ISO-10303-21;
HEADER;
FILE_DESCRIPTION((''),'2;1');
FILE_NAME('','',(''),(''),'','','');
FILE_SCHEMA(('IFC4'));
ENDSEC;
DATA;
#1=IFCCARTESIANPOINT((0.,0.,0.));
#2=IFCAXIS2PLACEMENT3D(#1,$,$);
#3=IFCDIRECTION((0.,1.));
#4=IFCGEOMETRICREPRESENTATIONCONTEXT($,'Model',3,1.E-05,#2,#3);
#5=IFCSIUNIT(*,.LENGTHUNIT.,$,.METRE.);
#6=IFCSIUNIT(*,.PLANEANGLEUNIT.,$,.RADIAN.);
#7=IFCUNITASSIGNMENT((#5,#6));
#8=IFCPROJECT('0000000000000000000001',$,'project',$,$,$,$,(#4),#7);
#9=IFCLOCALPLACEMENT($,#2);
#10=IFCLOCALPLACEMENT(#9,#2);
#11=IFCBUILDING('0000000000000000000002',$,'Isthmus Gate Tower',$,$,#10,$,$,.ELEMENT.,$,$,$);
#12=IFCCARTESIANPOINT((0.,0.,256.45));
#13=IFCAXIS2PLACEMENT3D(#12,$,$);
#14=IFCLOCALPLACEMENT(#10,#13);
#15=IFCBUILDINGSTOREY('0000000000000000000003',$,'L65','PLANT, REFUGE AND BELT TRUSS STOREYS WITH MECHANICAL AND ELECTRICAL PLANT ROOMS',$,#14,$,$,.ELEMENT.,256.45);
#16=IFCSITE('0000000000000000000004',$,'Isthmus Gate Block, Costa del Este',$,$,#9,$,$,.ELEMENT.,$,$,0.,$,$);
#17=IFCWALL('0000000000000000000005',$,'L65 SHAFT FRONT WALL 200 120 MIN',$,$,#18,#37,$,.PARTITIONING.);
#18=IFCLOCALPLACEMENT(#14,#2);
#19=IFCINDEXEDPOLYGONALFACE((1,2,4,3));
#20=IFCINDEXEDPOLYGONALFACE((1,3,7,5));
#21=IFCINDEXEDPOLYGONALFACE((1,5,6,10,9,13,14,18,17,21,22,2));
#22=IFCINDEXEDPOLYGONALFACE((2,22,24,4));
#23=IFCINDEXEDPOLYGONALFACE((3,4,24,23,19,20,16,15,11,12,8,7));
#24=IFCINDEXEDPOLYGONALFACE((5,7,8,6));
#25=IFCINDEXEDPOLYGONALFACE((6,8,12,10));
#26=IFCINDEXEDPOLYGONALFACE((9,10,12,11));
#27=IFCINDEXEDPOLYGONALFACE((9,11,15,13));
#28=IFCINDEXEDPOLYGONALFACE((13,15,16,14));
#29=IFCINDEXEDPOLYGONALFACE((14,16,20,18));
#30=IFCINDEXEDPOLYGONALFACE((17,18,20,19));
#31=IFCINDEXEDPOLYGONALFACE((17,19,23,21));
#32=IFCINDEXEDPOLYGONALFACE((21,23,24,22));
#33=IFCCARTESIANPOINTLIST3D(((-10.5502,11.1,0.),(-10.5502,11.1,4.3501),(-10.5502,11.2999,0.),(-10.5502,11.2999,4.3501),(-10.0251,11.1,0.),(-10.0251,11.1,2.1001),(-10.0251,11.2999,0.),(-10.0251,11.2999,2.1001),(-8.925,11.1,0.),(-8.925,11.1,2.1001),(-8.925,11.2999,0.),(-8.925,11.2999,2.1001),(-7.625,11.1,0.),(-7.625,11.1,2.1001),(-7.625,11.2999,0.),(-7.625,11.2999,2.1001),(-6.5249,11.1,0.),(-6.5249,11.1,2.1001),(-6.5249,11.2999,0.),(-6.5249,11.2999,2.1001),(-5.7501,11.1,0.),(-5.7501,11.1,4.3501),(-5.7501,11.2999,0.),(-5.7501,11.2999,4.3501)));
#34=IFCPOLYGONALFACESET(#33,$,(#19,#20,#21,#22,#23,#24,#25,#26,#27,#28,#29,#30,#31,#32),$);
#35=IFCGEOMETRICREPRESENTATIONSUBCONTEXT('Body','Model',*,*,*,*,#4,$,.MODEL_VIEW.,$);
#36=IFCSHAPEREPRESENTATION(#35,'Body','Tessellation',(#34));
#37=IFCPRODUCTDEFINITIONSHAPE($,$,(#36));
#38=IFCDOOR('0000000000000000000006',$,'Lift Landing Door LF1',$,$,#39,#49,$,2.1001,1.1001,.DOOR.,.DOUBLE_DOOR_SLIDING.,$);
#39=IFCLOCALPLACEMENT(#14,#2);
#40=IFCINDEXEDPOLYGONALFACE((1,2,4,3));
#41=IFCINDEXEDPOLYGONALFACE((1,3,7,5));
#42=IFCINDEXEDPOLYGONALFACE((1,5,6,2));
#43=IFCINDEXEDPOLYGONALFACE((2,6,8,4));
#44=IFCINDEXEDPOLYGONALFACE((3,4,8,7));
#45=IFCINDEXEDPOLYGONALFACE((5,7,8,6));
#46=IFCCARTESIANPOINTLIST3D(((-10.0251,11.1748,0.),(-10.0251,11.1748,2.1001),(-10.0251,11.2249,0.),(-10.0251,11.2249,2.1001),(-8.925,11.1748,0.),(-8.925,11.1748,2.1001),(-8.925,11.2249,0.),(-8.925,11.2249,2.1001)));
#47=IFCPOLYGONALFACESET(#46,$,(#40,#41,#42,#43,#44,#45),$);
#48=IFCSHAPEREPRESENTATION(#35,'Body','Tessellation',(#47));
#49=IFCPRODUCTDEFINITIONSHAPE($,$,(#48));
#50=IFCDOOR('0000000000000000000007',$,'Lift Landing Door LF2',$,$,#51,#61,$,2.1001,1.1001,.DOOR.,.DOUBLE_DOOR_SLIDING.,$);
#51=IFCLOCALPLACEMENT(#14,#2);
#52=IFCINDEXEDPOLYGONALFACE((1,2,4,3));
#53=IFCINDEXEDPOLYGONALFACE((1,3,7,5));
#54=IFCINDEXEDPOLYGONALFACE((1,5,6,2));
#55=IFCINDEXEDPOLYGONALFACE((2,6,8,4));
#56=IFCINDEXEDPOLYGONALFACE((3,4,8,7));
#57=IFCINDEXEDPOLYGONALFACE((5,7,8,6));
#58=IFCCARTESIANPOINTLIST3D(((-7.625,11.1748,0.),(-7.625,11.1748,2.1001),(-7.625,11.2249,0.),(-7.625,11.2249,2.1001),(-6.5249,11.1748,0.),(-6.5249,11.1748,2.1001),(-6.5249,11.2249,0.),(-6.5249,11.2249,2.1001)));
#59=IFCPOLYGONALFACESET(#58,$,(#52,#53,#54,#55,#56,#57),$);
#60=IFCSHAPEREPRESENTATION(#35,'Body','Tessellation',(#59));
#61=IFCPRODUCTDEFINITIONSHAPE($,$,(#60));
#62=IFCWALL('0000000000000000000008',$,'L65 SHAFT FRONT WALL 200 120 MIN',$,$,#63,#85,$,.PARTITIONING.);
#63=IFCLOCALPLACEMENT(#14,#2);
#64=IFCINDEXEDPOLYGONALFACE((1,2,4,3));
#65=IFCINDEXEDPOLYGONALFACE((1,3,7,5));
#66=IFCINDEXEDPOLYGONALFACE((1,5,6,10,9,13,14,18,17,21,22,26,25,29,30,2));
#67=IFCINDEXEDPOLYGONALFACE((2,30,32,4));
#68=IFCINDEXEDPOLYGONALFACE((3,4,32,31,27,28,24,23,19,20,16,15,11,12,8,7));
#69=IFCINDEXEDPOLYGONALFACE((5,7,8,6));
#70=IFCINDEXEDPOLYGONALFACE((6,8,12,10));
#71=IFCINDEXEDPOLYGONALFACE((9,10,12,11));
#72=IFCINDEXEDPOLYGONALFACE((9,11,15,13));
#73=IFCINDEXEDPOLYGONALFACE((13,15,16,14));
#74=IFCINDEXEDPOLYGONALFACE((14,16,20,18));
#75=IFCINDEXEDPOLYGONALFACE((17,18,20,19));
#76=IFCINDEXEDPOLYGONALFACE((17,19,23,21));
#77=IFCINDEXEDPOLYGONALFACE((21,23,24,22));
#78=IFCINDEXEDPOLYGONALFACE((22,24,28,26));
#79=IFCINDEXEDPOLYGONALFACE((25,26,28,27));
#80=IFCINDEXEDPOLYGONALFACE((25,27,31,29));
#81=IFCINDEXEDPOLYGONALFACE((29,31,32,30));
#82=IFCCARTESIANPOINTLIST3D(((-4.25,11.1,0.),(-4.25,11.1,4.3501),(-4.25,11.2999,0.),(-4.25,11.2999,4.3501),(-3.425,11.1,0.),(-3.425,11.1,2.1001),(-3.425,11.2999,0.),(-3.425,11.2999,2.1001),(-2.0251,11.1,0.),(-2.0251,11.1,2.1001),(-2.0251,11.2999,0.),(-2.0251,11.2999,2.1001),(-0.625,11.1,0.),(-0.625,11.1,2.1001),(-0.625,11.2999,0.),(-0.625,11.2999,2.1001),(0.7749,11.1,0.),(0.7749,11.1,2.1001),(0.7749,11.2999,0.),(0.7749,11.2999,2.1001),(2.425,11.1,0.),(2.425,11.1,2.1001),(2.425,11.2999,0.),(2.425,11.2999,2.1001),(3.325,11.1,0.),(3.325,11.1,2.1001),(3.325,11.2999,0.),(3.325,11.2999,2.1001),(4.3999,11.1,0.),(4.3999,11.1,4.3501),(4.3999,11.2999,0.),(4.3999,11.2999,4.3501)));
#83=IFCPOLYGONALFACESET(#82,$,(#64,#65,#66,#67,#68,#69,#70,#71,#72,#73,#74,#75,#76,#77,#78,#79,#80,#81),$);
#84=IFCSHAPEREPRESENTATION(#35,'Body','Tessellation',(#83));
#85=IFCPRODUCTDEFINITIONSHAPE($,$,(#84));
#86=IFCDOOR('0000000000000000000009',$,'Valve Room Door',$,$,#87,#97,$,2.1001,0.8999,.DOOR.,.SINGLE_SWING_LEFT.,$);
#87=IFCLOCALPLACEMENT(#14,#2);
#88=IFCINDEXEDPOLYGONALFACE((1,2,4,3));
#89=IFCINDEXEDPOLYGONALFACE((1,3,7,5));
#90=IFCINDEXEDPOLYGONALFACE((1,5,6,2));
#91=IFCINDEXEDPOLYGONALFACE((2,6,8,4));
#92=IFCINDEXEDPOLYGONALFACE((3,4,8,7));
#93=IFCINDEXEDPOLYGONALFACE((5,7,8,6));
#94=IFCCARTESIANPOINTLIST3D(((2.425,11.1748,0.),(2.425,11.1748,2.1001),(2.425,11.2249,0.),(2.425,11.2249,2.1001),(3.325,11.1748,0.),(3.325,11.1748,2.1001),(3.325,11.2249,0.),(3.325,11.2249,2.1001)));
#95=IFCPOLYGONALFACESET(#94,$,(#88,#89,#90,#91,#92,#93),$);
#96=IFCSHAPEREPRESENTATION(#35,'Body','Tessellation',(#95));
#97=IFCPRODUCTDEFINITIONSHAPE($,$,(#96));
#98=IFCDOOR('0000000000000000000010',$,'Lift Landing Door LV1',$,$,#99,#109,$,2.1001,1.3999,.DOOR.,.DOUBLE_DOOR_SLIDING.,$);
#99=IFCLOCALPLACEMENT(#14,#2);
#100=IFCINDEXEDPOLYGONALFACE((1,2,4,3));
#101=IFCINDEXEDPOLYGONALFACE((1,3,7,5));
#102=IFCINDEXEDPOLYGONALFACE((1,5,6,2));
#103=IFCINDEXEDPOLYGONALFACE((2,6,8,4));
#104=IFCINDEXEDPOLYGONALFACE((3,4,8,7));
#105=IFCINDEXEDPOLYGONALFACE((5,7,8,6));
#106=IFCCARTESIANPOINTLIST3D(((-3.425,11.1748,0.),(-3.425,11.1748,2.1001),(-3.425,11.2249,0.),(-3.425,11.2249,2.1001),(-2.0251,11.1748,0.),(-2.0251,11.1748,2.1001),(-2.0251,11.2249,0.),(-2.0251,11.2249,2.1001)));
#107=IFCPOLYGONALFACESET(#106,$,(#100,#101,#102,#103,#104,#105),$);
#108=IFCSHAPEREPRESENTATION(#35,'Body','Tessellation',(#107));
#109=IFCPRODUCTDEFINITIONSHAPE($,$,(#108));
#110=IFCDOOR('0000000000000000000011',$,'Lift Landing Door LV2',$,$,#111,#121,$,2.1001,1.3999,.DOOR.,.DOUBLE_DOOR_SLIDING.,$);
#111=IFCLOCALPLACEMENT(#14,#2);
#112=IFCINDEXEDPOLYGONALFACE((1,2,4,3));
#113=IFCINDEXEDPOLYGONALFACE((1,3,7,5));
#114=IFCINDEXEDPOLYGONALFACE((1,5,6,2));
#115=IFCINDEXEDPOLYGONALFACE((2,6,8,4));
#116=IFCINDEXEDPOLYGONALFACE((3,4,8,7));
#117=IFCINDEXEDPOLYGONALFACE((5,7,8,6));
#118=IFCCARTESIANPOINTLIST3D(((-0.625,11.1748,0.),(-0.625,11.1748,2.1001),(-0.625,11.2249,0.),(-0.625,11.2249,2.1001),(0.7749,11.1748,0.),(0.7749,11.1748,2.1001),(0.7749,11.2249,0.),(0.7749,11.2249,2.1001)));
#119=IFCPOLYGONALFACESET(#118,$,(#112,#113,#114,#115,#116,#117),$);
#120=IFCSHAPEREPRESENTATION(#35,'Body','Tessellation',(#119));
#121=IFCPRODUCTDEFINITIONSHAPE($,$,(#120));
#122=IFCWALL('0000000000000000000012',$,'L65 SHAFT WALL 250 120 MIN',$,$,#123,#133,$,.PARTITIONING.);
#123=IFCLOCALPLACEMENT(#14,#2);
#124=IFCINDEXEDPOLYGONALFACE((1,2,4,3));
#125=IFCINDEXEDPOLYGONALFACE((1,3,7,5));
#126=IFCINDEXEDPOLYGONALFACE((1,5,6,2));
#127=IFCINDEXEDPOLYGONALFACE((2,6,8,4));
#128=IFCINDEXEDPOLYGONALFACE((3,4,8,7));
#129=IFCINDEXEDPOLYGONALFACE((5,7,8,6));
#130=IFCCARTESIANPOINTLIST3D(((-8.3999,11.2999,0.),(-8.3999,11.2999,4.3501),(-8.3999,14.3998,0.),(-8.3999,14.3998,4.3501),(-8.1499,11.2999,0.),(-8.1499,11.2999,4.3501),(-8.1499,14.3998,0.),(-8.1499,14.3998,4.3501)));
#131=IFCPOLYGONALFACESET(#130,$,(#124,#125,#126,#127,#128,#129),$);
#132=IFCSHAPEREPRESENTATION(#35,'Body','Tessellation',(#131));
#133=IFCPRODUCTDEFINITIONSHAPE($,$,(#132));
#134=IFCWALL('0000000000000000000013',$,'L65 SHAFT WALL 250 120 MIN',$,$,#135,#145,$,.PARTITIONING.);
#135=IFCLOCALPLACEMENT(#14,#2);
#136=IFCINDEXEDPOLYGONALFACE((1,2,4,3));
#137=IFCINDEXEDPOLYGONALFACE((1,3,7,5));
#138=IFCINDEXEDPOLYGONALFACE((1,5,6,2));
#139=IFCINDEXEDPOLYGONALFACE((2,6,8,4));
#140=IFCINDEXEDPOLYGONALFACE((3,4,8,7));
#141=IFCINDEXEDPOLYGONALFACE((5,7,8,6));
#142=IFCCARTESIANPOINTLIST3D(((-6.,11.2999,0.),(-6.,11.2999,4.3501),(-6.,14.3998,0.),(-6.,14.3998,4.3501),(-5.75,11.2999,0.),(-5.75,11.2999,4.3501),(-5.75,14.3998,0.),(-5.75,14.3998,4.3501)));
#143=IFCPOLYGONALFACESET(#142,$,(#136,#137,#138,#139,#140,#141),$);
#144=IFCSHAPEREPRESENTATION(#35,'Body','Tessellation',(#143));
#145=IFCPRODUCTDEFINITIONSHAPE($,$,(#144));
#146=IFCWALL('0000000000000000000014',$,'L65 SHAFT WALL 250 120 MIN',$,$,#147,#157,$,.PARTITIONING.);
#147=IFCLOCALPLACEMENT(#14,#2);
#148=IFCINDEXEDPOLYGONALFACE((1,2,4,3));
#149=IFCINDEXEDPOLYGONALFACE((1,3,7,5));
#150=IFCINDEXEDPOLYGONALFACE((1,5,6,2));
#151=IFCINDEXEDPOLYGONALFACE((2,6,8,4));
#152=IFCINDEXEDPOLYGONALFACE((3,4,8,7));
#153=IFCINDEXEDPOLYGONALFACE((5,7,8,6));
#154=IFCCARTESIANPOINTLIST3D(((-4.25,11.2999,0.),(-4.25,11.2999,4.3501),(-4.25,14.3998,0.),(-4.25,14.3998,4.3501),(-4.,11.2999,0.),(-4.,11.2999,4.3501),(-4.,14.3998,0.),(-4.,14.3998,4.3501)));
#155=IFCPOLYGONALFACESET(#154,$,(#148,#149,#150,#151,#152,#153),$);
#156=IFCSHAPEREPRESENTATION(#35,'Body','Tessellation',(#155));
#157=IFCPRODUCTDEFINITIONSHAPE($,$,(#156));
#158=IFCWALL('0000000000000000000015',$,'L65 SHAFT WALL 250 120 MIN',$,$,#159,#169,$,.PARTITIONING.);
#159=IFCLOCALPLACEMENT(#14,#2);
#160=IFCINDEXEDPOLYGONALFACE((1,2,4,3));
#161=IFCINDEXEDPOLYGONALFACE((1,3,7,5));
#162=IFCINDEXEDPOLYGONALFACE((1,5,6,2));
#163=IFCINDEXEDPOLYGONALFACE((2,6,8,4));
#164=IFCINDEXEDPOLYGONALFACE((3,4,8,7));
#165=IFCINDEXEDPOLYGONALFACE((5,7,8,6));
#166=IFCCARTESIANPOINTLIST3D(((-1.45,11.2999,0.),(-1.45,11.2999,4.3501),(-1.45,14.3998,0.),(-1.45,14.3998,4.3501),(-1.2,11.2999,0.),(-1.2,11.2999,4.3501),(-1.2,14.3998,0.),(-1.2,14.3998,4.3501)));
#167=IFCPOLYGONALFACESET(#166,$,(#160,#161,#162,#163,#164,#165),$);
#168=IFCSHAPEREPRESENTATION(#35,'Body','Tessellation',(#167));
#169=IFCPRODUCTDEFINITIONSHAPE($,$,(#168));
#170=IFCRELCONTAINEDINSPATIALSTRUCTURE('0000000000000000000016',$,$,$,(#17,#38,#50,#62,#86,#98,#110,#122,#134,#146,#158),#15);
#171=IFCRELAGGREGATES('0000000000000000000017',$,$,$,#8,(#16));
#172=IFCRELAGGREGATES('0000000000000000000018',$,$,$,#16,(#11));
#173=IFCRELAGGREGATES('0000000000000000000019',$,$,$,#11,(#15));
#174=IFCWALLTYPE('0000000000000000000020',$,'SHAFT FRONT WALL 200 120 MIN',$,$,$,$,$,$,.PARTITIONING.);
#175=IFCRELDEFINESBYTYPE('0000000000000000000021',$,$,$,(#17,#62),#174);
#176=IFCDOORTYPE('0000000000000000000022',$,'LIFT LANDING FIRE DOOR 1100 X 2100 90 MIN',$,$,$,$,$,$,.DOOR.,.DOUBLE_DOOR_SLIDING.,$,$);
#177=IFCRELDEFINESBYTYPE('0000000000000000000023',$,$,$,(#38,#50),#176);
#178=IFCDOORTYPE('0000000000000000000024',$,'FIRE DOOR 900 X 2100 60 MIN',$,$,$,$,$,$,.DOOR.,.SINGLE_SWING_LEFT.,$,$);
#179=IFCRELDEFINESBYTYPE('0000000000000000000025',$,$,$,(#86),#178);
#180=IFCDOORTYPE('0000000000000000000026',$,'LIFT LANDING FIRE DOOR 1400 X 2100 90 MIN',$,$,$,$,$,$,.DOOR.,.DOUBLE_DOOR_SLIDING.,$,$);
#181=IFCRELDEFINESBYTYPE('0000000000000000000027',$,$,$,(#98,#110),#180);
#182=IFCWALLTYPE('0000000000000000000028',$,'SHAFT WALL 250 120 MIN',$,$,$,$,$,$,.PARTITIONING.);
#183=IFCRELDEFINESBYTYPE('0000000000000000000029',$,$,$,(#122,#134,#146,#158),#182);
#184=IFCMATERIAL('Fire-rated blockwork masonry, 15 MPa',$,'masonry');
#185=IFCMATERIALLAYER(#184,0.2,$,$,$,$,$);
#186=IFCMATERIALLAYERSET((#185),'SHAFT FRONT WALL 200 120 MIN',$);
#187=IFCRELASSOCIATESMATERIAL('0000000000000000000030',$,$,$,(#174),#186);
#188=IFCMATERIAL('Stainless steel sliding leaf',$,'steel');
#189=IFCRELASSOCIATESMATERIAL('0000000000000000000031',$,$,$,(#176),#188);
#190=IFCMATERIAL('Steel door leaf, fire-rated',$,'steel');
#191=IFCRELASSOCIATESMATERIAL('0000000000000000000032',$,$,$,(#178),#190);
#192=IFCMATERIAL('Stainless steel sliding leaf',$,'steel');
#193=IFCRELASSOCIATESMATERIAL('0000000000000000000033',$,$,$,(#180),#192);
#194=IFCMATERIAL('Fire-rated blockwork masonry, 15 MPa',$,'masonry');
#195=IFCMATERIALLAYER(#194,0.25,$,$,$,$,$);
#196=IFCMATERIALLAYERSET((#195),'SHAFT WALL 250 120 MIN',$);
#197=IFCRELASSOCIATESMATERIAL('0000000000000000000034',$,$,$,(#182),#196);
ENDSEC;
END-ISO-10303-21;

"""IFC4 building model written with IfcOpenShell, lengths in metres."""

from ifc_helpers import new_model, si_unit, direction, frame, frame_2d, origin, place, context, subcontext, project, spatial, rectangle, extrude, material, layer, layer_set, type_object, element, fill, save


model = new_model("IFC4")

# Units and contexts
model_context = context("Model", 3, precision=1e-05, world=origin(), true_north=direction((0.0, 1.0)))
body_context = subcontext(model_context, "Body", "Model", "MODEL_VIEW")
ifc_project = project(units=[si_unit("LENGTHUNIT", "METRE"), si_unit("PLANEANGLEUNIT", "RADIAN")], contexts=[model_context])

# Site, building, storey
site_placement = place(None, origin())
site = spatial("IfcSite", under=ifc_project, at=site_placement, Name="Isthmus Gate Block, Costa del Este", CompositionType="ELEMENT", RefElevation=0.0)
building_placement = place(site_placement, origin())
building = spatial("IfcBuilding", under=site, at=building_placement, Name="Isthmus Gate Tower", CompositionType="ELEMENT")
storey_placement = place(building_placement, frame((0.0, 0.0, 256.45)))
storey = spatial("IfcBuildingStorey", under=building, at=storey_placement, Name="L65", Description="PLANT, REFUGE AND BELT TRUSS STOREYS WITH MECHANICAL AND ELECTRICAL PLANT ROOMS", CompositionType="ELEMENT", Elevation=256.45)

# Walls, openings, doors
ifc_material_1 = material(Name="Fire-rated blockwork masonry, 15 MPa", Category="masonry")
ifc_layer_1 = layer(ifc_material_1, 0.2)
ifc_layer_set_1 = layer_set([ifc_layer_1], Name="SHAFT FRONT WALL 200 120 MIN")
wall_type_1 = type_object("IfcWallType", Name="SHAFT FRONT WALL 200 120 MIN", PredefinedType="PARTITIONING", material=ifc_layer_set_1)
wall_1_placement = place(storey_placement, frame((-10.55, 11.2, 0.0), z_axis=(0.0, 0.0, 1.0), x_axis=(1.0, 0.0, 0.0)))
wall_1 = element("IfcWall", 1, at=wall_1_placement, inside=storey, type_object=wall_type_1, Name="L65 SHAFT FRONT WALL 200 120 MIN", PredefinedType="PARTITIONING", context=body_context, shape_type="SweptSolid", body=[
    extrude(rectangle(XDim=4.8, YDim=0.2, at=frame_2d((2.3999, 0.0))), origin(), (0.0, 0.0, 1.0), 4.3501),
])
opening_1_placement = place(wall_1_placement, frame((0.5249, 0.0, 0.0)))
opening_1 = element("IfcOpeningElement", 2, at=opening_1_placement, cuts=wall_1, PredefinedType="OPENING", context=body_context, shape_type="SweptSolid", body=[
    extrude(rectangle(XDim=1.1001, YDim=2.1001, at=frame_2d((0.55, 1.05))), frame((0.0, 0.1099, 0.0), z_axis=(0.0, -1.0, 0.0), x_axis=(1.0, 0.0, 0.0)), (0.0, 0.0, 1.0), 0.22),
])
opening_2_placement = place(wall_1_placement, frame((2.925, 0.0, 0.0)))
opening_2 = element("IfcOpeningElement", 3, at=opening_2_placement, cuts=wall_1, PredefinedType="OPENING", context=body_context, shape_type="SweptSolid", body=[
    extrude(rectangle(XDim=1.1001, YDim=2.1001, at=frame_2d((0.55, 1.05))), frame((0.0, 0.1099, 0.0), z_axis=(0.0, -1.0, 0.0), x_axis=(1.0, 0.0, 0.0)), (0.0, 0.0, 1.0), 0.22),
])
ifc_material_2 = material(Name="Stainless steel sliding leaf", Category="steel")
door_type_1 = type_object("IfcDoorType", Name="LIFT LANDING FIRE DOOR 1100 X 2100 90 MIN", OperationType="DOUBLE_DOOR_SLIDING", PredefinedType="DOOR", material=ifc_material_2)
door_1_placement = place(opening_1_placement, origin())
door_1 = element("IfcDoor", 4, at=door_1_placement, inside=storey, type_object=door_type_1, Name="Lift Landing Door LF1", OperationType="DOUBLE_DOOR_SLIDING", OverallHeight=2.1001, OverallWidth=1.1001, PredefinedType="DOOR", context=body_context, shape_type="SweptSolid", body=[
    extrude(rectangle(XDim=1.1001, YDim=2.1001, at=frame_2d((0.55, 1.05))), frame((0.0, 0.0249, 0.0), z_axis=(0.0, -1.0, 0.0), x_axis=(1.0, 0.0, 0.0)), (0.0, 0.0, 1.0), 0.05),
])
fill(opening_1, door_1)
door_2_placement = place(opening_2_placement, origin())
door_2 = element("IfcDoor", 5, at=door_2_placement, inside=storey, type_object=door_type_1, Name="Lift Landing Door LF2", OperationType="DOUBLE_DOOR_SLIDING", OverallHeight=2.1001, OverallWidth=1.1001, PredefinedType="DOOR", context=body_context, shape_type="SweptSolid", body=[
    extrude(rectangle(XDim=1.1001, YDim=2.1001, at=frame_2d((0.55, 1.05))), frame((0.0, 0.0249, 0.0), z_axis=(0.0, -1.0, 0.0), x_axis=(1.0, 0.0, 0.0)), (0.0, 0.0, 1.0), 0.05),
])
fill(opening_2, door_2)
wall_2_placement = place(storey_placement, frame((-4.25, 11.2, 0.0), z_axis=(0.0, 0.0, 1.0), x_axis=(1.0, 0.0, 0.0)))
wall_2 = element("IfcWall", 6, at=wall_2_placement, inside=storey, type_object=wall_type_1, Name="L65 SHAFT FRONT WALL 200 120 MIN", PredefinedType="PARTITIONING", context=body_context, shape_type="SweptSolid", body=[
    extrude(rectangle(XDim=8.6499, YDim=0.2, at=frame_2d((4.325, 0.0))), origin(), (0.0, 0.0, 1.0), 4.3501),
])
opening_3_placement = place(wall_2_placement, frame((0.825, 0.0, 0.0)))
opening_3 = element("IfcOpeningElement", 7, at=opening_3_placement, cuts=wall_2, PredefinedType="OPENING", context=body_context, shape_type="SweptSolid", body=[
    extrude(rectangle(XDim=1.3999, YDim=2.1001, at=frame_2d((0.7, 1.05))), frame((0.0, 0.1099, 0.0), z_axis=(0.0, -1.0, 0.0), x_axis=(1.0, 0.0, 0.0)), (0.0, 0.0, 1.0), 0.22),
])
opening_4_placement = place(wall_2_placement, frame((3.625, 0.0, 0.0)))
opening_4 = element("IfcOpeningElement", 8, at=opening_4_placement, cuts=wall_2, PredefinedType="OPENING", context=body_context, shape_type="SweptSolid", body=[
    extrude(rectangle(XDim=1.3999, YDim=2.1001, at=frame_2d((0.7, 1.05))), frame((0.0, 0.1099, 0.0), z_axis=(0.0, -1.0, 0.0), x_axis=(1.0, 0.0, 0.0)), (0.0, 0.0, 1.0), 0.22),
])
opening_5_placement = place(wall_2_placement, frame((6.675, 0.0, 0.0)))
opening_5 = element("IfcOpeningElement", 9, at=opening_5_placement, cuts=wall_2, PredefinedType="OPENING", context=body_context, shape_type="SweptSolid", body=[
    extrude(rectangle(XDim=0.8999, YDim=2.1001, at=frame_2d((0.45, 1.05))), frame((0.0, 0.1099, 0.0), z_axis=(0.0, -1.0, 0.0), x_axis=(1.0, 0.0, 0.0)), (0.0, 0.0, 1.0), 0.22),
])
ifc_material_3 = material(Name="Steel door leaf, fire-rated", Category="steel")
door_type_2 = type_object("IfcDoorType", Name="FIRE DOOR 900 X 2100 60 MIN", OperationType="SINGLE_SWING_LEFT", PredefinedType="DOOR", material=ifc_material_3)
door_3_placement = place(opening_5_placement, origin())
door_3 = element("IfcDoor", 10, at=door_3_placement, inside=storey, type_object=door_type_2, Name="Valve Room Door", OperationType="SINGLE_SWING_LEFT", OverallHeight=2.1001, OverallWidth=0.8999, PredefinedType="DOOR", context=body_context, shape_type="SweptSolid", body=[
    extrude(rectangle(XDim=0.8999, YDim=2.1001, at=frame_2d((0.45, 1.05))), frame((0.0, 0.0249, 0.0), z_axis=(0.0, -1.0, 0.0), x_axis=(1.0, 0.0, 0.0)), (0.0, 0.0, 1.0), 0.05),
])
fill(opening_5, door_3)
ifc_material_4 = material(Name="Stainless steel sliding leaf", Category="steel")
door_type_3 = type_object("IfcDoorType", Name="LIFT LANDING FIRE DOOR 1400 X 2100 90 MIN", OperationType="DOUBLE_DOOR_SLIDING", PredefinedType="DOOR", material=ifc_material_4)
door_4_placement = place(opening_3_placement, origin())
door_4 = element("IfcDoor", 11, at=door_4_placement, inside=storey, type_object=door_type_3, Name="Lift Landing Door LV1", OperationType="DOUBLE_DOOR_SLIDING", OverallHeight=2.1001, OverallWidth=1.3999, PredefinedType="DOOR", context=body_context, shape_type="SweptSolid", body=[
    extrude(rectangle(XDim=1.3999, YDim=2.1001, at=frame_2d((0.7, 1.05))), frame((0.0, 0.0249, 0.0), z_axis=(0.0, -1.0, 0.0), x_axis=(1.0, 0.0, 0.0)), (0.0, 0.0, 1.0), 0.05),
])
fill(opening_3, door_4)
door_5_placement = place(opening_4_placement, origin())
door_5 = element("IfcDoor", 12, at=door_5_placement, inside=storey, type_object=door_type_3, Name="Lift Landing Door LV2", OperationType="DOUBLE_DOOR_SLIDING", OverallHeight=2.1001, OverallWidth=1.3999, PredefinedType="DOOR", context=body_context, shape_type="SweptSolid", body=[
    extrude(rectangle(XDim=1.3999, YDim=2.1001, at=frame_2d((0.7, 1.05))), frame((0.0, 0.0249, 0.0), z_axis=(0.0, -1.0, 0.0), x_axis=(1.0, 0.0, 0.0)), (0.0, 0.0, 1.0), 0.05),
])
fill(opening_4, door_5)

# Walls
ifc_material_5 = material(Name="Fire-rated blockwork masonry, 15 MPa", Category="masonry")
ifc_layer_2 = layer(ifc_material_5, 0.25)
ifc_layer_set_2 = layer_set([ifc_layer_2], Name="SHAFT WALL 250 120 MIN")
wall_type_2 = type_object("IfcWallType", Name="SHAFT WALL 250 120 MIN", PredefinedType="PARTITIONING", material=ifc_layer_set_2)
for number, where, z_axis, x_axis, name in (
    (13, (-8.2749, 11.3, 0.0), (0.0, 0.0, 1.0), (0.0, 1.0, 0.0), "L65 SHAFT WALL 250 120 MIN"),
    (14, (-5.875, 11.3, 0.0), (0.0, 0.0, 1.0), (0.0, 1.0, 0.0), "L65 SHAFT WALL 250 120 MIN"),
    (15, (-4.125, 11.3, 0.0), (0.0, 0.0, 1.0), (0.0, 1.0, 0.0), "L65 SHAFT WALL 250 120 MIN"),
    (16, (-1.325, 11.3, 0.0), (0.0, 0.0, 1.0), (0.0, 1.0, 0.0), "L65 SHAFT WALL 250 120 MIN"),
):
    element("IfcWall", number, at=place(storey_placement, frame(where, z_axis=z_axis, x_axis=x_axis)), inside=storey, type_object=wall_type_2, Name=name, PredefinedType="PARTITIONING", context=body_context, shape_type="SweptSolid", body=[
        extrude(rectangle(XDim=3.0999, YDim=0.25, at=frame_2d((1.5498, 0.0))), origin(), (0.0, 0.0, 1.0), 4.3501),
    ])

save(model, "model.ifc")
